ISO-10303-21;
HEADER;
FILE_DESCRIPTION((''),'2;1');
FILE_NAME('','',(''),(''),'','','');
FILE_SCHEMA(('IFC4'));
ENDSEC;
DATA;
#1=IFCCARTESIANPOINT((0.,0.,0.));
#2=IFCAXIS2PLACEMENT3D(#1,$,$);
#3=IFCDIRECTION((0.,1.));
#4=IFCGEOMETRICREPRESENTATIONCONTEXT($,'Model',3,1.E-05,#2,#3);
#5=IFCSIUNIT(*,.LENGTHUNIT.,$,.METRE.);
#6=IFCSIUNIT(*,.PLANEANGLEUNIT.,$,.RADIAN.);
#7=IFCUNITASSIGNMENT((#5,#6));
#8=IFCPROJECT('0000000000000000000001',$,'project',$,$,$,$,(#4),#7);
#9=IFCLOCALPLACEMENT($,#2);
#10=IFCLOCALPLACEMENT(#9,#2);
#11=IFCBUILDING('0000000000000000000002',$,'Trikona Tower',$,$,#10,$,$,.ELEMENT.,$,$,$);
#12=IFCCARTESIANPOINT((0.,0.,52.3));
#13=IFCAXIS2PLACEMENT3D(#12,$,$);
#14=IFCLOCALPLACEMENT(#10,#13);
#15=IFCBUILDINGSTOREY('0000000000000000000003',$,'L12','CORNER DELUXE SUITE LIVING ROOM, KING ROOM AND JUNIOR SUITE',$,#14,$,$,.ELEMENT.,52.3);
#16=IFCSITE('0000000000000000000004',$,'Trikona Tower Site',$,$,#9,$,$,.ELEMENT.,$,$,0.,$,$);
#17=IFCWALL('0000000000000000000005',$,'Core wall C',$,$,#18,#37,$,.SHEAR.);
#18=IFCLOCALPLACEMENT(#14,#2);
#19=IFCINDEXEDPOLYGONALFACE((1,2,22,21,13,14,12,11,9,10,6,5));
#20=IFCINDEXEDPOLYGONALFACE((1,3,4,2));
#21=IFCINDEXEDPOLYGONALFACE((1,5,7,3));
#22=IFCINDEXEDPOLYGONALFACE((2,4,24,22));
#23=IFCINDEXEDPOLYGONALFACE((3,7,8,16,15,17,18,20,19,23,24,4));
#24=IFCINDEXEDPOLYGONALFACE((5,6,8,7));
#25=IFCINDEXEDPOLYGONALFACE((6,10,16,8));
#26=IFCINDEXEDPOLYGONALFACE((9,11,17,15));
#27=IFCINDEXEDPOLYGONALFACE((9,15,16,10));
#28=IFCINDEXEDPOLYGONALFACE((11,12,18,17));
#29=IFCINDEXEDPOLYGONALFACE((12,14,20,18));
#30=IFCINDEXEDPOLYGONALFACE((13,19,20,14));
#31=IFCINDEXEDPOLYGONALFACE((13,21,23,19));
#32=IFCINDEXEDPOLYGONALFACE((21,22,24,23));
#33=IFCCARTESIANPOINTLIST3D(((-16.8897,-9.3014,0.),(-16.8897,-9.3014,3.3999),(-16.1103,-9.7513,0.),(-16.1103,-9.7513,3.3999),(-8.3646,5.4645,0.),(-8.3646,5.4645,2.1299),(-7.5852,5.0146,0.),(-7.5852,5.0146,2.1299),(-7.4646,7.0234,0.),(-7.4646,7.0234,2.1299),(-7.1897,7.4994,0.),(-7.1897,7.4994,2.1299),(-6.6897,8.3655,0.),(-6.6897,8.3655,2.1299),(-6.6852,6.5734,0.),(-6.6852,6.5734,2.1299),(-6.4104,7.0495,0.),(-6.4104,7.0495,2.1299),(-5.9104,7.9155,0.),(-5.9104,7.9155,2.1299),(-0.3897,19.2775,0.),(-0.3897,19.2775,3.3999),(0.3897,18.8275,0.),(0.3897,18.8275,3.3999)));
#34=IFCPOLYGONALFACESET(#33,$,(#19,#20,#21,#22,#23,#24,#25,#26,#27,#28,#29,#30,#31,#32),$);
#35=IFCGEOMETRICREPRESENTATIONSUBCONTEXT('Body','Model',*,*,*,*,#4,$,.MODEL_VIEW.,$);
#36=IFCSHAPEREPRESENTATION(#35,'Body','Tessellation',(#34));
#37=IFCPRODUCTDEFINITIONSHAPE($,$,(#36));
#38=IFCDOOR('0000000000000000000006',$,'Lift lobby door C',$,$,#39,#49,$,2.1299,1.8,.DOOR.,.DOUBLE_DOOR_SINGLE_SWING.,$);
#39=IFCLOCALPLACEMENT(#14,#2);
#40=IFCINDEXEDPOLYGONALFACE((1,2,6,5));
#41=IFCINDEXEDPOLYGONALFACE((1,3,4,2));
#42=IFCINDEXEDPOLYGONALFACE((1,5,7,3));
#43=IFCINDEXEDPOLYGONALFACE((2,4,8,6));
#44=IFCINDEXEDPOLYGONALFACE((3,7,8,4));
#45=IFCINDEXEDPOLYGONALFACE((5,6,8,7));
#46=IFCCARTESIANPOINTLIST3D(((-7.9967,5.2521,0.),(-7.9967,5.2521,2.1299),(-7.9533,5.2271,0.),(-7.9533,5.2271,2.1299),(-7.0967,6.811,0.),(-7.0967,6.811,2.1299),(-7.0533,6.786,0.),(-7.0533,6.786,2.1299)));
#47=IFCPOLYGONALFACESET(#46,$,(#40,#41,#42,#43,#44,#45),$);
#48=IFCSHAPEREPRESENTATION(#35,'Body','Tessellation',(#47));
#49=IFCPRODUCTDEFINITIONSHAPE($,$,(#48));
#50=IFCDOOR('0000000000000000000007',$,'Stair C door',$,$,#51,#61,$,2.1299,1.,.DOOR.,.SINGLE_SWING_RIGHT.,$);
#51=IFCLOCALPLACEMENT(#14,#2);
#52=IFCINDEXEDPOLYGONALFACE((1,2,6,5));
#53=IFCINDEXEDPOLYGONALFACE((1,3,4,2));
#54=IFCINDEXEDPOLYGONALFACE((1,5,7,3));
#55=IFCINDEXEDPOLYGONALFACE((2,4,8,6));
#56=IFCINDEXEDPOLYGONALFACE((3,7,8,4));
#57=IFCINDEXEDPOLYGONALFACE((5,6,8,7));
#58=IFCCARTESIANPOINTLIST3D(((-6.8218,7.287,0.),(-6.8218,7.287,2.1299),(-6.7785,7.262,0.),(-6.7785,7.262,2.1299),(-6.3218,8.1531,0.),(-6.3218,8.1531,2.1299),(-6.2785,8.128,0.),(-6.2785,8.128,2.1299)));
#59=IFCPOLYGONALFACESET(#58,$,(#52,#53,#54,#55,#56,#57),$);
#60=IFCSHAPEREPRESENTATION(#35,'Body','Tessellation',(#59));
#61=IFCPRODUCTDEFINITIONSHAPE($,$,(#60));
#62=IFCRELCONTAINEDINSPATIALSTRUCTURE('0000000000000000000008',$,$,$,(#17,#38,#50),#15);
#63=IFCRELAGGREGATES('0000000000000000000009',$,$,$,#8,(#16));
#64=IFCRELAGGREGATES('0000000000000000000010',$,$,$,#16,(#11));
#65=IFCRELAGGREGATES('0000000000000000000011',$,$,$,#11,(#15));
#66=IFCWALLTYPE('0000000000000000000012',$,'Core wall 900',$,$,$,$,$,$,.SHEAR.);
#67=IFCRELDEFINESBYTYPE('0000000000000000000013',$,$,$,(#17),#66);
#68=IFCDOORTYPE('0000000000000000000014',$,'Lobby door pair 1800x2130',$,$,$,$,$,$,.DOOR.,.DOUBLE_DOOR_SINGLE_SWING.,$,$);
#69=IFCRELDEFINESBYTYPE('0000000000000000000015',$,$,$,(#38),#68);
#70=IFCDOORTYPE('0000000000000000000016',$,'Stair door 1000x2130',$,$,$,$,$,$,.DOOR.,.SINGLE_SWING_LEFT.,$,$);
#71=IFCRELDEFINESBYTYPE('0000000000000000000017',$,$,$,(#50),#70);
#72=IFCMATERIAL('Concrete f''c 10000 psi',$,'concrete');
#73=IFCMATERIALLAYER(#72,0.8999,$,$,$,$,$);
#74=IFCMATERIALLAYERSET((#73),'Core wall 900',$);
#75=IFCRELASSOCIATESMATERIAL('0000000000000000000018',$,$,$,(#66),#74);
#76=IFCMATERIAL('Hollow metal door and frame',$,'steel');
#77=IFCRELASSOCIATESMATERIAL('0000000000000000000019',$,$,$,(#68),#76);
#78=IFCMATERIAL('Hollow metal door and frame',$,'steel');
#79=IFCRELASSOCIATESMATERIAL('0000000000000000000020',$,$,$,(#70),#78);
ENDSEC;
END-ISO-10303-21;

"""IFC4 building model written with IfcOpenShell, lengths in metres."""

from ifc_helpers import new_model, si_unit, direction, frame, frame_2d, origin, place, context, subcontext, project, spatial, rectangle, extrude, material, layer, layer_set, type_object, element, fill, save


model = new_model("IFC4")

# Units and contexts
model_context = context("Model", 3, precision=1e-05, world=origin(), true_north=direction((0.0, 1.0)))
body_context = subcontext(model_context, "Body", "Model", "MODEL_VIEW")
ifc_project = project(units=[si_unit("LENGTHUNIT", "METRE"), si_unit("PLANEANGLEUNIT", "RADIAN")], contexts=[model_context])

# Site, building, storey
site_placement = place(None, origin())
site = spatial("IfcSite", under=ifc_project, at=site_placement, Name="Trikona Tower Site", CompositionType="ELEMENT", RefElevation=0.0)
building_placement = place(site_placement, origin())
building = spatial("IfcBuilding", under=site, at=building_placement, Name="Trikona Tower", CompositionType="ELEMENT")
storey_placement = place(building_placement, frame((0.0, 0.0, 52.3)))
storey = spatial("IfcBuildingStorey", under=building, at=storey_placement, Name="L12", Description="CORNER DELUXE SUITE LIVING ROOM, KING ROOM AND JUNIOR SUITE", CompositionType="ELEMENT", Elevation=52.3)

# Wall, openings, doors
ifc_material_1 = material(Name="Concrete f'c 10000 psi", Category="concrete")
ifc_layer_1 = layer(ifc_material_1, 0.8999)
ifc_layer_set_1 = layer_set([ifc_layer_1], Name="Core wall 900")
wall_type_1 = type_object("IfcWallType", Name="Core wall 900", PredefinedType="SHEAR", material=ifc_layer_set_1)
wall_1_placement = place(storey_placement, frame((0.0, 19.0525, 0.0), z_axis=(0.0, 0.0, 1.0), x_axis=(-0.5, -0.866026, 0.0)))
wall_1 = element("IfcWall", 1, at=wall_1_placement, inside=storey, type_object=wall_type_1, Name="Core wall C", PredefinedType="SHEAR", context=body_context, shape_type="SweptSolid", body=[
    extrude(rectangle(XDim=33.0, YDim=0.8999, at=frame_2d((16.5, 0.0))), origin(), (0.0, 0.0, 1.0), 3.3999),
])
opening_1_placement = place(wall_1_placement, frame((14.1499, 0.0, 0.0)))
opening_1 = element("IfcOpeningElement", 2, at=opening_1_placement, cuts=wall_1, PredefinedType="OPENING", context=body_context, shape_type="SweptSolid", body=[
    extrude(rectangle(XDim=1.8, YDim=2.1299, at=frame_2d((0.8999, 1.0649))), frame((0.0, 0.46, 0.0), z_axis=(0.0, -1.0, 0.0), x_axis=(1.0, 0.0, 0.0)), (0.0, 0.0, 1.0), 0.9199),
])
opening_2_placement = place(wall_1_placement, frame((12.6001, 0.0, 0.0)))
opening_2 = element("IfcOpeningElement", 3, at=opening_2_placement, cuts=wall_1, PredefinedType="OPENING", context=body_context, shape_type="SweptSolid", body=[
    extrude(rectangle(XDim=1.0, YDim=2.1299, at=frame_2d((0.5, 1.0649))), frame((0.0, 0.46, 0.0), z_axis=(0.0, -1.0, 0.0), x_axis=(1.0, 0.0, 0.0)), (0.0, 0.0, 1.0), 0.9199),
])
ifc_material_2 = material(Name="Hollow metal door and frame", Category="steel")
door_type_1 = type_object("IfcDoorType", Name="Lobby door pair 1800x2130", OperationType="DOUBLE_DOOR_SINGLE_SWING", PredefinedType="DOOR", material=ifc_material_2)
door_1_placement = place(opening_1_placement, origin())
door_1 = element("IfcDoor", 4, at=door_1_placement, inside=storey, type_object=door_type_1, Name="Lift lobby door C", OperationType="DOUBLE_DOOR_SINGLE_SWING", OverallHeight=2.1299, OverallWidth=1.8, PredefinedType="DOOR", context=body_context, shape_type="SweptSolid", body=[
    extrude(rectangle(XDim=1.8, YDim=2.1299, at=frame_2d((0.8999, 1.0649))), frame((0.0, 0.0249, 0.0), z_axis=(0.0, -1.0, 0.0), x_axis=(1.0, 0.0, 0.0)), (0.0, 0.0, 1.0), 0.05),
])
fill(opening_1, door_1)
ifc_material_3 = material(Name="Hollow metal door and frame", Category="steel")
door_type_2 = type_object("IfcDoorType", Name="Stair door 1000x2130", OperationType="SINGLE_SWING_LEFT", PredefinedType="DOOR", material=ifc_material_3)
door_2_placement = place(opening_2_placement, origin())
door_2 = element("IfcDoor", 5, at=door_2_placement, inside=storey, type_object=door_type_2, Name="Stair C door", OperationType="SINGLE_SWING_RIGHT", OverallHeight=2.1299, OverallWidth=1.0, PredefinedType="DOOR", context=body_context, shape_type="SweptSolid", body=[
    extrude(rectangle(XDim=1.0, YDim=2.1299, at=frame_2d((0.5, 1.0649))), frame((0.0, 0.0249, 0.0), z_axis=(0.0, -1.0, 0.0), x_axis=(1.0, 0.0, 0.0)), (0.0, 0.0, 1.0), 0.05),
])
fill(opening_2, door_2)

save(model, "model.ifc")
